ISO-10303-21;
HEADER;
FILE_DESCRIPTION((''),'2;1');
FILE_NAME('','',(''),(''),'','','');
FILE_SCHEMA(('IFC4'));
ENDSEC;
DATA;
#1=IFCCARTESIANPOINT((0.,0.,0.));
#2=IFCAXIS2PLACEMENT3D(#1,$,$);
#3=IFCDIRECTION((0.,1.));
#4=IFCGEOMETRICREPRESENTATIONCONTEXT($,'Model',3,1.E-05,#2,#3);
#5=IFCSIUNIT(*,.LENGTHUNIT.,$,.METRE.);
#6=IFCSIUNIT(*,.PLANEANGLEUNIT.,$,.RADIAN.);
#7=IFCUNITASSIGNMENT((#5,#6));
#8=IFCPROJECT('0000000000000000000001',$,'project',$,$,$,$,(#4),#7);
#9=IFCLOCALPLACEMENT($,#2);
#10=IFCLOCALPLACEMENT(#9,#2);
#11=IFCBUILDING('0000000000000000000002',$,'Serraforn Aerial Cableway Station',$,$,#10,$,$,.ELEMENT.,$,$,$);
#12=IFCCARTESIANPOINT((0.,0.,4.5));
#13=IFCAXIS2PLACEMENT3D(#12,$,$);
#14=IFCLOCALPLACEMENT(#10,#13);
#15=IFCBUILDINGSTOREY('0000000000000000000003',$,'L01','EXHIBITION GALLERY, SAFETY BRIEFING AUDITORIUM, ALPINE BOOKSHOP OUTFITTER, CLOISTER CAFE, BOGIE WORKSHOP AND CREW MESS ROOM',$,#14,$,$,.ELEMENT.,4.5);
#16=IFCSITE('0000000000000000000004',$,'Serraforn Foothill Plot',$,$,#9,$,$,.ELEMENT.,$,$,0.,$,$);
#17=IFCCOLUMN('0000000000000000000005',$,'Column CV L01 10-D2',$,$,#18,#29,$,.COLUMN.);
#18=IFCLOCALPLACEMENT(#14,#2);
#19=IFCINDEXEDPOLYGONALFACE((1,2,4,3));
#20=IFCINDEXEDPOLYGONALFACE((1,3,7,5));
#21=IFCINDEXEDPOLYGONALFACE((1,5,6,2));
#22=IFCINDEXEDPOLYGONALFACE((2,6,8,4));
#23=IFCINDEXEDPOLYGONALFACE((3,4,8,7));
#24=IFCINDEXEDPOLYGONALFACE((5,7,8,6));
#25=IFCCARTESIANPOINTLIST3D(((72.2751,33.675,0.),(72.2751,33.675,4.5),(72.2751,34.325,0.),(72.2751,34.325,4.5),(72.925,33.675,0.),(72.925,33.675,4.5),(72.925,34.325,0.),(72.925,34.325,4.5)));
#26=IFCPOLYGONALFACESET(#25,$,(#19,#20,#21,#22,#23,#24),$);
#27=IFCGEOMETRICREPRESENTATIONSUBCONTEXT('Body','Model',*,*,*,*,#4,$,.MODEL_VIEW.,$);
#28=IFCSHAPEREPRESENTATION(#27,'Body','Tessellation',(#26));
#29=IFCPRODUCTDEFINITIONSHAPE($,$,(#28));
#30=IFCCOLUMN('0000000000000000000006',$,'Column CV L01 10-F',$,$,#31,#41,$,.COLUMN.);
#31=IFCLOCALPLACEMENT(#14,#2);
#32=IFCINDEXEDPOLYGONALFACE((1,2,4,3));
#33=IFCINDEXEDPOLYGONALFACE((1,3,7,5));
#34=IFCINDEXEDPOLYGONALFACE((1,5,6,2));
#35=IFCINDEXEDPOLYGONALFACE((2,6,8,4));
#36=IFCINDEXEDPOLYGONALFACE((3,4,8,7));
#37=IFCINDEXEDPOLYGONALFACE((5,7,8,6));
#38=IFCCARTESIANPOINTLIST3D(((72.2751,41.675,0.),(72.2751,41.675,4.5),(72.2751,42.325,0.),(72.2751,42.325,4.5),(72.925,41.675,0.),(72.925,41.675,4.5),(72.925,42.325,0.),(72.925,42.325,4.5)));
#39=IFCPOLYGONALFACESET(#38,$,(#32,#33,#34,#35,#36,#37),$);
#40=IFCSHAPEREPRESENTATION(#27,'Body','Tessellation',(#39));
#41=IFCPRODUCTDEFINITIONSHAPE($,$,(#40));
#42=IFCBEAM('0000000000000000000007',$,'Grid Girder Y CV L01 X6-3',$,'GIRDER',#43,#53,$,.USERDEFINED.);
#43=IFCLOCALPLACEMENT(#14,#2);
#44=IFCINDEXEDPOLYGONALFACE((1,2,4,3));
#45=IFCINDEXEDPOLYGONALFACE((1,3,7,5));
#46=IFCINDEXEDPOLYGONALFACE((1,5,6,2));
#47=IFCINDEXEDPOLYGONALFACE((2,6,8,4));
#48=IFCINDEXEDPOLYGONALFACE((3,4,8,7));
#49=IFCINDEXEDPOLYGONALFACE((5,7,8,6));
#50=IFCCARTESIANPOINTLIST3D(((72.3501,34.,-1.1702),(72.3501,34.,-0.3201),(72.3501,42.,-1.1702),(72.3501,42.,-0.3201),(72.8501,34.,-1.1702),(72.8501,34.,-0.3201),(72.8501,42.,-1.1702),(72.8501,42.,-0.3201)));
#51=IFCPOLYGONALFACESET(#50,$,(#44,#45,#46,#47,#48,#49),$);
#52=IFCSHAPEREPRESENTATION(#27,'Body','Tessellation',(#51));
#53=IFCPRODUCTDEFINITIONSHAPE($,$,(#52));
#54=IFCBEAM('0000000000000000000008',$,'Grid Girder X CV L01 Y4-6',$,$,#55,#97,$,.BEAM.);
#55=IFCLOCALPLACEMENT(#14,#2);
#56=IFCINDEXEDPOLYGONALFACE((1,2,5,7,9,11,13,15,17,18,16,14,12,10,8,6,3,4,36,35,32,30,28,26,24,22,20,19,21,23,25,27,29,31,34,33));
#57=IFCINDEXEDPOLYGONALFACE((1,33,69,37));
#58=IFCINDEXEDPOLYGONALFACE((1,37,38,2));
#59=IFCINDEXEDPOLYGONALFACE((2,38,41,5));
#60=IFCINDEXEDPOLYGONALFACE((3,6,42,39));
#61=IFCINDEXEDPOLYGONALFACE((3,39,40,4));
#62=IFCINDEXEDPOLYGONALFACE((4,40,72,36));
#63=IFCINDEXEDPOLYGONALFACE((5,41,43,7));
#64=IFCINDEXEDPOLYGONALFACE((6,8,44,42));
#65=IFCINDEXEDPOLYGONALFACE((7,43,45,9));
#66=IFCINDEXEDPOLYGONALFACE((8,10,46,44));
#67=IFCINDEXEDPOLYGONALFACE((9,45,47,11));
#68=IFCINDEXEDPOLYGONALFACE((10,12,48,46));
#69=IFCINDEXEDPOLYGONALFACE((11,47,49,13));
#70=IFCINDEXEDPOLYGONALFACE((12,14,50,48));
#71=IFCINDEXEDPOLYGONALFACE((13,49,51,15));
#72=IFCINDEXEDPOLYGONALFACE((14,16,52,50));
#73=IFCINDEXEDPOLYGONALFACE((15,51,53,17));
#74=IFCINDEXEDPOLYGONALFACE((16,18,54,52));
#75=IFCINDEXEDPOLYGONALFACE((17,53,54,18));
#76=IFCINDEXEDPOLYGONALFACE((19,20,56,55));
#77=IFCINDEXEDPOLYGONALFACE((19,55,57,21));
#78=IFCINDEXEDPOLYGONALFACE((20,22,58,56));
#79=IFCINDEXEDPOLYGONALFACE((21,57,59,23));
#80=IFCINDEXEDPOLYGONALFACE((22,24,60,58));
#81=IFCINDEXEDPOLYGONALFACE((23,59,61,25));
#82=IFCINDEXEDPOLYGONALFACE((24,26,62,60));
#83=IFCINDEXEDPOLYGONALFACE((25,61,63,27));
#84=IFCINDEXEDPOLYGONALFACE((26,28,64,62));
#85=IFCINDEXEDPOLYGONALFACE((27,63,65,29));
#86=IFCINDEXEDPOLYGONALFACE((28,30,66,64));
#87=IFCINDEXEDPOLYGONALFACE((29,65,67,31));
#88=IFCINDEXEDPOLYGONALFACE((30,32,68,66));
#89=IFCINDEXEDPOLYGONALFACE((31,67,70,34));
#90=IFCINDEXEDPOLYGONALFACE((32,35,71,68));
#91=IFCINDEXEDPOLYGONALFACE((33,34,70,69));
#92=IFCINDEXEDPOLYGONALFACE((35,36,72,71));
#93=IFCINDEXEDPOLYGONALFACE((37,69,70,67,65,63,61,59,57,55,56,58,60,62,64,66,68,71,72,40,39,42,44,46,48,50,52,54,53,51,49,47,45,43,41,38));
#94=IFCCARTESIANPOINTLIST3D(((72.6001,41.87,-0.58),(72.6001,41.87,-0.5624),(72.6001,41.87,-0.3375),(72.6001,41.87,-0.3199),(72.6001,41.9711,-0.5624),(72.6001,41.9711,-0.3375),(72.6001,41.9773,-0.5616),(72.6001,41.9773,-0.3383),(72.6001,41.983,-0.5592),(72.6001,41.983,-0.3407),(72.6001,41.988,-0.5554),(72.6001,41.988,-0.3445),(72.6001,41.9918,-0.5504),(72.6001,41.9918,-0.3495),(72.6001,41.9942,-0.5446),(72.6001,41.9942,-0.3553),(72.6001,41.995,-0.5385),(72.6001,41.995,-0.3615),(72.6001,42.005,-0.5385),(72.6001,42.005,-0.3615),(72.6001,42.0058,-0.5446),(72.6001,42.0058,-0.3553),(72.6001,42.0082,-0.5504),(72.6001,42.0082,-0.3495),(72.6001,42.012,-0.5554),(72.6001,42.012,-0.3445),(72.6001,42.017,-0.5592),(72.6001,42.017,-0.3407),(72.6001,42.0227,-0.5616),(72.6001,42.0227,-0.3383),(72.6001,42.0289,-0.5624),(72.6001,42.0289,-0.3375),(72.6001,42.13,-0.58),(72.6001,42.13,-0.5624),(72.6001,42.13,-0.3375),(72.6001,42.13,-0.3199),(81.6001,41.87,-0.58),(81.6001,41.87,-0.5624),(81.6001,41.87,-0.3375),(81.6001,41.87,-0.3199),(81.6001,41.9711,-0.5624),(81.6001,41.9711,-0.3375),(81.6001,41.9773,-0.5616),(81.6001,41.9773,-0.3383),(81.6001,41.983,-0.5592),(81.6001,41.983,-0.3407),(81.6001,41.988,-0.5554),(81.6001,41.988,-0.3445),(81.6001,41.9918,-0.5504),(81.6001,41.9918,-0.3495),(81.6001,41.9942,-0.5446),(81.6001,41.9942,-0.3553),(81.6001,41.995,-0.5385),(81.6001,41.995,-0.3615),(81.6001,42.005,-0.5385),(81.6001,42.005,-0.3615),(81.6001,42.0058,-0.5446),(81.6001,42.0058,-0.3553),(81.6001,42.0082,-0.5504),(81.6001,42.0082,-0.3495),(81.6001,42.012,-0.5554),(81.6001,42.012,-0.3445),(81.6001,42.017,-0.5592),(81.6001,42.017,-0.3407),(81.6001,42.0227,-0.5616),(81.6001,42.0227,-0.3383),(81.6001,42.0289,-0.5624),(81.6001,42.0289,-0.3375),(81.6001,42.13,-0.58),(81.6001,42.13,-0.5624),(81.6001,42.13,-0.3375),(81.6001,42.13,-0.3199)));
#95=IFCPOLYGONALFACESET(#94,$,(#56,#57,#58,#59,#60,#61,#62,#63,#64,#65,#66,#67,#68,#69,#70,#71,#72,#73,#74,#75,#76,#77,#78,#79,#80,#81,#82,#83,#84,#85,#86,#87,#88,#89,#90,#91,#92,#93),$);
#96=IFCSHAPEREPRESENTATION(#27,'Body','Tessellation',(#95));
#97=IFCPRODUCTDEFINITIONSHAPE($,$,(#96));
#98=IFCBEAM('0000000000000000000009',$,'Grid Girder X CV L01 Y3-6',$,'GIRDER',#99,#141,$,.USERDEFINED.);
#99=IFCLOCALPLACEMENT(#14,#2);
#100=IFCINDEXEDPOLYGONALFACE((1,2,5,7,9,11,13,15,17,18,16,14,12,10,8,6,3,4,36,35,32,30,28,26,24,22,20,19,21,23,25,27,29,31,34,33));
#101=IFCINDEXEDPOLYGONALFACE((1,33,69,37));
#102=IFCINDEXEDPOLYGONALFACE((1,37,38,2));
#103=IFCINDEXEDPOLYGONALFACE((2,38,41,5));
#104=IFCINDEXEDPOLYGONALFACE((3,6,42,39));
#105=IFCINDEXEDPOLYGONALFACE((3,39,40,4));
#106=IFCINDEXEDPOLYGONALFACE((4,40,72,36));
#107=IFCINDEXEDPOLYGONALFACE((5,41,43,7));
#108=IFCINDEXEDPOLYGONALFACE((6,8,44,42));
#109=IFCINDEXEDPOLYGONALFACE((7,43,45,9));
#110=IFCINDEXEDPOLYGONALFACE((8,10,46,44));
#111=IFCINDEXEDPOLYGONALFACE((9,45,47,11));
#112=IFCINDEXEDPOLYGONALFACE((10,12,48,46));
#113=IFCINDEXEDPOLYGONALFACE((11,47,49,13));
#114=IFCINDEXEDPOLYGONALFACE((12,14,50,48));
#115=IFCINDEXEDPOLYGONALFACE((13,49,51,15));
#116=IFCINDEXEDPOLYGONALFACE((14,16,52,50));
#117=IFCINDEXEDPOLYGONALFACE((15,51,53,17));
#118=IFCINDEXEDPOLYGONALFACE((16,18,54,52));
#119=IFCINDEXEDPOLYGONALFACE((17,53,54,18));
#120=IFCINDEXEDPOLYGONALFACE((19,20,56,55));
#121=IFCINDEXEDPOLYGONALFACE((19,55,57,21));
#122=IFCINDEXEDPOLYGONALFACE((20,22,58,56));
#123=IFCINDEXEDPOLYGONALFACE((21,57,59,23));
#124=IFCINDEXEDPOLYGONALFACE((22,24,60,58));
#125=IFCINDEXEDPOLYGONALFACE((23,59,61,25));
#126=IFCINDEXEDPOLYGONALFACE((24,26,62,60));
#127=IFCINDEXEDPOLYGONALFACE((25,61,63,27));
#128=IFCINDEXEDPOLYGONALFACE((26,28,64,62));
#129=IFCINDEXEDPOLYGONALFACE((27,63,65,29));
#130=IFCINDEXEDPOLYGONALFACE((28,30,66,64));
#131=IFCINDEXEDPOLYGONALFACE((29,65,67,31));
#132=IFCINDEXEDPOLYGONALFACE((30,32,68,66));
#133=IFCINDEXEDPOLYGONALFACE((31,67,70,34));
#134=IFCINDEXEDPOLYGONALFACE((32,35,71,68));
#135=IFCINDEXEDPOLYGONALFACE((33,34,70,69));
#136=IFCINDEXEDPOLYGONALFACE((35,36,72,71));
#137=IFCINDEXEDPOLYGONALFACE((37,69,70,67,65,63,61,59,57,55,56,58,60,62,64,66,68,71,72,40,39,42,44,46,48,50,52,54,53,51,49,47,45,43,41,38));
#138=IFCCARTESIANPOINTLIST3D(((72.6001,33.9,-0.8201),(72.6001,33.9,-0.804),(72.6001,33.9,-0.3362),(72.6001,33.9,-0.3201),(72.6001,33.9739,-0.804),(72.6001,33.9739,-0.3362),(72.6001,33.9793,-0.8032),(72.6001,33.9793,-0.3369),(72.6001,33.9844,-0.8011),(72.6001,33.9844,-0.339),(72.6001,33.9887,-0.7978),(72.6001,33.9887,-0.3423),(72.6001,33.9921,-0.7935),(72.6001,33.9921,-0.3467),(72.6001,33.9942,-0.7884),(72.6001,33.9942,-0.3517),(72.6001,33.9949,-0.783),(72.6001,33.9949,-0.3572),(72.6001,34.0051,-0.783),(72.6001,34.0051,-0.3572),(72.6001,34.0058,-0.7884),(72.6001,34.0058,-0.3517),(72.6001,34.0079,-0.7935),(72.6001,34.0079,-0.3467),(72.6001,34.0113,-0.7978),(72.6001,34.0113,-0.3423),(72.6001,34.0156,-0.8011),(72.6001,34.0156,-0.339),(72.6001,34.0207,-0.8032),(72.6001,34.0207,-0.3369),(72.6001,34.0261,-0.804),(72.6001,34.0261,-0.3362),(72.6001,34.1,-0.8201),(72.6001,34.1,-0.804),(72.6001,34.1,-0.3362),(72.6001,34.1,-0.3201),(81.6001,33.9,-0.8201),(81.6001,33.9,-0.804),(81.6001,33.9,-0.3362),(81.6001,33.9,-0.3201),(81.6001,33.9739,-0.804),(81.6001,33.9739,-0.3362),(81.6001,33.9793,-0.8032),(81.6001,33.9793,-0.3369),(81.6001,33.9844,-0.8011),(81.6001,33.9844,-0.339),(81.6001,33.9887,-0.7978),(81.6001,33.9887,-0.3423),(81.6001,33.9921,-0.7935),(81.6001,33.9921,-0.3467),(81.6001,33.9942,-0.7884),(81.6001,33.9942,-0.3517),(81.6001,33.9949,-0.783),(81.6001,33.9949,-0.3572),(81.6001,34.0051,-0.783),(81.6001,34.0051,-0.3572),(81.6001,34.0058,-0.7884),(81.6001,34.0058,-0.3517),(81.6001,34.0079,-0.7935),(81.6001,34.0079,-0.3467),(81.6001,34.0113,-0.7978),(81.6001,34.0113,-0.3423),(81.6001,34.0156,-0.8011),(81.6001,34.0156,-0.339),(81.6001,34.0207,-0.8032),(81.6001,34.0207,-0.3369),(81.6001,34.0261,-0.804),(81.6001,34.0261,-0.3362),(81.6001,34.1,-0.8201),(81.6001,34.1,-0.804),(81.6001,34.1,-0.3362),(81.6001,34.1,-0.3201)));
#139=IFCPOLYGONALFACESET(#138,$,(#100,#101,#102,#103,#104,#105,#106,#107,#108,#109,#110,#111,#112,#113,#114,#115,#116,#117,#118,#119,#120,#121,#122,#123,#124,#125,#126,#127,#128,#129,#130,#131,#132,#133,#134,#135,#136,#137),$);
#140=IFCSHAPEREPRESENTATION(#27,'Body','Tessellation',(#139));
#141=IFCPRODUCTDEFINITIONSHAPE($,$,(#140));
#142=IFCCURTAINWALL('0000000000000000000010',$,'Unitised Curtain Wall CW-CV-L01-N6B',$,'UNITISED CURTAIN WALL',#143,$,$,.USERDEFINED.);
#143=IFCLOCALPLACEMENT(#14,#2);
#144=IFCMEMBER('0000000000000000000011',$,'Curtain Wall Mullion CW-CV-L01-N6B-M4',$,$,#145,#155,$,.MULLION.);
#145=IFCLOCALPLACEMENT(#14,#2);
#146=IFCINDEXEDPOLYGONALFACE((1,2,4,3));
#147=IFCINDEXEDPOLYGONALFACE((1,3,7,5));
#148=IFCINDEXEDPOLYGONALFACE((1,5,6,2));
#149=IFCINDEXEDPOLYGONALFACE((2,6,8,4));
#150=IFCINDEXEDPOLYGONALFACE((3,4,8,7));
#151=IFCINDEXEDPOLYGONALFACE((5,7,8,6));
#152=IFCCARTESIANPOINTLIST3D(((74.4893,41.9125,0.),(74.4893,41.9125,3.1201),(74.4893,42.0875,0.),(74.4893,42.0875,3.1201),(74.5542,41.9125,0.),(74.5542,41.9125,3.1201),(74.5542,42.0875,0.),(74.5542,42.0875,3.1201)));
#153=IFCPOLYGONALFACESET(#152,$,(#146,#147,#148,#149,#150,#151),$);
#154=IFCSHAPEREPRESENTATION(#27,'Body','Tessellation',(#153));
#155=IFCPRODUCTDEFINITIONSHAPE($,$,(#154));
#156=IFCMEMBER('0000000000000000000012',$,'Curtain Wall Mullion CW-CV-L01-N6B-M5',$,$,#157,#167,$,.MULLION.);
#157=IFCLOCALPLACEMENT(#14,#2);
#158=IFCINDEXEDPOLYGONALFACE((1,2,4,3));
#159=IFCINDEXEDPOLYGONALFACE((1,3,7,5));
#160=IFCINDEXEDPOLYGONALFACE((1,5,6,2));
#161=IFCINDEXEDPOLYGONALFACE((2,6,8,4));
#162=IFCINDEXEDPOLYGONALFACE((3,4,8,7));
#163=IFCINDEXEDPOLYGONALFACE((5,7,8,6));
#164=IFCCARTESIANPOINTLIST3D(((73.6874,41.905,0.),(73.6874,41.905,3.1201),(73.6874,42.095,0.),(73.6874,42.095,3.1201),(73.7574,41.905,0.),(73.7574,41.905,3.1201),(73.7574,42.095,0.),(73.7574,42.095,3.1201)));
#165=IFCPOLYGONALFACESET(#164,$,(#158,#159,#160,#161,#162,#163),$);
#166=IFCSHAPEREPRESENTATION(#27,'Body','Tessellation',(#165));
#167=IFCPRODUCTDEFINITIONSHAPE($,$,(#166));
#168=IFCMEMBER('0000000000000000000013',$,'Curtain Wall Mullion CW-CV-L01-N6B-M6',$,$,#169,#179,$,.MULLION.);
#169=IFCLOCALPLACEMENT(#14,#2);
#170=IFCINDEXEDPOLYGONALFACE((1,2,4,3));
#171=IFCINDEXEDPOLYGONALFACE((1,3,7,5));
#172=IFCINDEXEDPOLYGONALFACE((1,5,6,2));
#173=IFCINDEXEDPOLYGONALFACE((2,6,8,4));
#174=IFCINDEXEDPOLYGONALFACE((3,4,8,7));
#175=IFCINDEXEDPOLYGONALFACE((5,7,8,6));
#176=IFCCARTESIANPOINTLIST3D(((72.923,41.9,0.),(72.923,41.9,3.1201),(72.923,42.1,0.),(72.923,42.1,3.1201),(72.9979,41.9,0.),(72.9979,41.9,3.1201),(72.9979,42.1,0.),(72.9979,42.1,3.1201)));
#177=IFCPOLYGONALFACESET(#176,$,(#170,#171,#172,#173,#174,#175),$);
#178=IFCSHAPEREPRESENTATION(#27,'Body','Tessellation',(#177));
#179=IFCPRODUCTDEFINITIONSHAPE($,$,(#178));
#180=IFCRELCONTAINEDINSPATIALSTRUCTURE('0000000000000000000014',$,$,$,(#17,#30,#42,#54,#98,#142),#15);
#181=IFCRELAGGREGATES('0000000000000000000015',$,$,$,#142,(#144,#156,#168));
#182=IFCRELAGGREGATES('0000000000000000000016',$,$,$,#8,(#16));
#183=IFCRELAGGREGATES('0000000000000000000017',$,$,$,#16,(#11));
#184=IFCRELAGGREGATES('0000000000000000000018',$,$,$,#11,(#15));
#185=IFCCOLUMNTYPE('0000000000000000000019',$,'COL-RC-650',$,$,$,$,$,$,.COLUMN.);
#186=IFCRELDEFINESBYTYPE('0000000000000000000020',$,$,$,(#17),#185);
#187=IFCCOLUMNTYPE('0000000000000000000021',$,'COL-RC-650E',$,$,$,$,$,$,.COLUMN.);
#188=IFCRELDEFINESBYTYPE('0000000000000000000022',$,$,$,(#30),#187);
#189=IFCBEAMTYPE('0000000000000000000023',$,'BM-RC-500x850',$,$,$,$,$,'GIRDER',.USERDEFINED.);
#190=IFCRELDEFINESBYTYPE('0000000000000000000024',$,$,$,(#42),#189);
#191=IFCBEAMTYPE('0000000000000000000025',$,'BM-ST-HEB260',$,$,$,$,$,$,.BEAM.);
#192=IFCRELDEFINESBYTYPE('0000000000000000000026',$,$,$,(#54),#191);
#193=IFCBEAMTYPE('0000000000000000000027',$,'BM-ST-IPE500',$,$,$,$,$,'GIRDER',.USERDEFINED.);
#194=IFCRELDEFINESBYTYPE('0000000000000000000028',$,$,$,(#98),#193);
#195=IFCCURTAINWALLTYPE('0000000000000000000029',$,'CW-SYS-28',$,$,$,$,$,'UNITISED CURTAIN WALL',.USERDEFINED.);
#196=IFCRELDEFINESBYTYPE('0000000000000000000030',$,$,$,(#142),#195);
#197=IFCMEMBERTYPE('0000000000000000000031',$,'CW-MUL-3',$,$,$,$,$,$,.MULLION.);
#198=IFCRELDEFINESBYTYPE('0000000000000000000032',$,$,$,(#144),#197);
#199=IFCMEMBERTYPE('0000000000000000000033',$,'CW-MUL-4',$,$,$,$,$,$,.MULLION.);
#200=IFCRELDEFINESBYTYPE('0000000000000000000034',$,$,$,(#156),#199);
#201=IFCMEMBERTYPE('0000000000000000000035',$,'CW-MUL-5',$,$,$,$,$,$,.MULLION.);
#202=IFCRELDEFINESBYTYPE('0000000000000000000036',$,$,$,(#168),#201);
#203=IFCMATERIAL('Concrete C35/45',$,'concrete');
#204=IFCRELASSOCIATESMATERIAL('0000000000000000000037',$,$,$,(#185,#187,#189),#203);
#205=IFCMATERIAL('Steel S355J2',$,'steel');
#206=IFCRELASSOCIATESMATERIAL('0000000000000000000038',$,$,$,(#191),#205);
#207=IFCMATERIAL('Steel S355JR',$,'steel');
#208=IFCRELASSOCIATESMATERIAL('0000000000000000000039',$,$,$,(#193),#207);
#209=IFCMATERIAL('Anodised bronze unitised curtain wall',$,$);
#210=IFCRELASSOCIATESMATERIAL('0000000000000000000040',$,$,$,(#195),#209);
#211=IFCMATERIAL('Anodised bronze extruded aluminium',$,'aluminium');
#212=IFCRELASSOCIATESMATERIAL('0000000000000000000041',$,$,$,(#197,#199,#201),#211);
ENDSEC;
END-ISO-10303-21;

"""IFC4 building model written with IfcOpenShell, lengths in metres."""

from ifc_helpers import new_model, si_unit, direction, frame, origin, origin_2d, place, context, subcontext, project, spatial, rectangle, i_section, extrude, material, material_profile, profile_set, type_object, element, aggregate, save


model = new_model("IFC4")

# Units and contexts
model_context = context("Model", 3, precision=1e-05, world=origin(), true_north=direction((0.0, 1.0)))
body_context = subcontext(model_context, "Body", "Model", "MODEL_VIEW")
ifc_project = project(units=[si_unit("LENGTHUNIT", "METRE"), si_unit("PLANEANGLEUNIT", "RADIAN")], contexts=[model_context])

# Site, building, storey
site_placement = place(None, origin())
site = spatial("IfcSite", under=ifc_project, at=site_placement, Name="Serraforn Foothill Plot", CompositionType="ELEMENT", RefElevation=0.0)
building_placement = place(site_placement, origin())
building = spatial("IfcBuilding", under=site, at=building_placement, Name="Serraforn Aerial Cableway Station", CompositionType="ELEMENT")
storey_placement = place(building_placement, frame((0.0, 0.0, 4.5)))
storey = spatial("IfcBuildingStorey", under=building, at=storey_placement, Name="L01", Description="EXHIBITION GALLERY, SAFETY BRIEFING AUDITORIUM, ALPINE BOOKSHOP OUTFITTER, CLOISTER CAFE, BOGIE WORKSHOP AND CREW MESS ROOM", CompositionType="ELEMENT", Elevation=4.5)

# Columns
ifc_material_1 = material(Name="Concrete C35/45", Category="concrete")
ifc_material_profile_1 = material_profile(ifc_material_1, rectangle(XDim=0.6499, YDim=0.6499, at=origin_2d()), Name="RC 650x650")
ifc_profile_set_1 = profile_set([ifc_material_profile_1], Name="Concrete C35/45")
column_type_1 = type_object("IfcColumnType", Name="COL-RC-650", PredefinedType="COLUMN", material=ifc_profile_set_1)
column_1_placement = place(storey_placement, frame((72.6001, 34.0, 0.0), z_axis=(0.0, 0.0, 1.0), x_axis=(1.0, 0.0, 0.0)))
element("IfcColumn", 1, at=column_1_placement, inside=storey, type_object=column_type_1, Name="Column CV L01 10-D2", PredefinedType="COLUMN", context=body_context, shape_type="SweptSolid", body=[
    extrude(rectangle(XDim=0.6499, YDim=0.6499, at=origin_2d()), origin(), (0.0, 0.0, 1.0), 4.5),
])
ifc_material_profile_2 = material_profile(ifc_material_1, rectangle(XDim=0.6499, YDim=0.6499, at=origin_2d()), Name="RC 650x650")
ifc_profile_set_2 = profile_set([ifc_material_profile_2], Name="Concrete C35/45")
column_type_2 = type_object("IfcColumnType", Name="COL-RC-650E", PredefinedType="COLUMN", material=ifc_profile_set_2)
column_2_placement = place(storey_placement, frame((72.6001, 42.0, 0.0), z_axis=(0.0, 0.0, 1.0), x_axis=(1.0, 0.0, 0.0)))
element("IfcColumn", 2, at=column_2_placement, inside=storey, type_object=column_type_2, Name="Column CV L01 10-F", PredefinedType="COLUMN", context=body_context, shape_type="SweptSolid", body=[
    extrude(rectangle(XDim=0.6499, YDim=0.6499, at=origin_2d()), origin(), (0.0, 0.0, 1.0), 4.5),
])

# Beams
ifc_material_profile_3 = material_profile(ifc_material_1, rectangle(XDim=0.5, YDim=0.8501, at=origin_2d()), Name="RC 500x850")
ifc_profile_set_3 = profile_set([ifc_material_profile_3], Name="Concrete C35/45")
beam_type_1 = type_object("IfcBeamType", Name="BM-RC-500x850", ElementType="GIRDER", PredefinedType="USERDEFINED", material=ifc_profile_set_3)
beam_1_placement = place(storey_placement, frame((72.6001, 34.0, -0.7451), z_axis=(0.0, 1.0, 0.0), x_axis=(-1.0, 0.0, 0.0)))
element("IfcBeam", 3, at=beam_1_placement, inside=storey, type_object=beam_type_1, Name="Grid Girder Y CV L01 X6-3", ObjectType="GIRDER", PredefinedType="USERDEFINED", context=body_context, shape_type="SweptSolid", body=[
    extrude(rectangle(XDim=0.5, YDim=0.8501, at=origin_2d()), origin(), (0.0, 0.0, 1.0), 8.0),
])
ifc_material_2 = material(Name="Steel S355J2", Category="steel")
ifc_material_profile_4 = material_profile(ifc_material_2, i_section(OverallWidth=0.26, OverallDepth=0.26, WebThickness=0.01, FlangeThickness=0.0176, FilletRadius=0.0239, at=origin_2d()), Name="HEB 260")
ifc_profile_set_4 = profile_set([ifc_material_profile_4], Name="Steel S355J2")
beam_type_2 = type_object("IfcBeamType", Name="BM-ST-HEB260", PredefinedType="BEAM", material=ifc_profile_set_4)
beam_2_placement = place(storey_placement, frame((72.6001, 42.0, -0.45), z_axis=(1.0, 0.0, 0.0), x_axis=(0.0, 1.0, 0.0)))
element("IfcBeam", 4, at=beam_2_placement, inside=storey, type_object=beam_type_2, Name="Grid Girder X CV L01 Y4-6", PredefinedType="BEAM", context=body_context, shape_type="SweptSolid", body=[
    extrude(i_section(OverallWidth=0.26, OverallDepth=0.26, WebThickness=0.01, FlangeThickness=0.0176, FilletRadius=0.0239, at=origin_2d()), origin(), (0.0, 0.0, 1.0), 9.0),
])
ifc_material_3 = material(Name="Steel S355JR", Category="steel")
ifc_material_profile_5 = material_profile(ifc_material_3, i_section(OverallWidth=0.2, OverallDepth=0.5, WebThickness=0.0103, FlangeThickness=0.0161, FilletRadius=0.021, at=origin_2d()), Name="IPE 500")
ifc_profile_set_5 = profile_set([ifc_material_profile_5], Name="Steel S355JR")
beam_type_3 = type_object("IfcBeamType", Name="BM-ST-IPE500", ElementType="GIRDER", PredefinedType="USERDEFINED", material=ifc_profile_set_5)
beam_3_placement = place(storey_placement, frame((72.6001, 34.0, -0.5701), z_axis=(1.0, 0.0, 0.0), x_axis=(0.0, 1.0, 0.0)))
element("IfcBeam", 5, at=beam_3_placement, inside=storey, type_object=beam_type_3, Name="Grid Girder X CV L01 Y3-6", ObjectType="GIRDER", PredefinedType="USERDEFINED", context=body_context, shape_type="SweptSolid", body=[
    extrude(i_section(OverallWidth=0.2, OverallDepth=0.5, WebThickness=0.0103, FlangeThickness=0.0161, FilletRadius=0.021, at=origin_2d()), origin(), (0.0, 0.0, 1.0), 9.0),
])

# Curtain wall, members
ifc_material_4 = material(Name="Anodised bronze unitised curtain wall")
curtain_wall_type = type_object("IfcCurtainWallType", Name="CW-SYS-28", ElementType="UNITISED CURTAIN WALL", PredefinedType="USERDEFINED", material=ifc_material_4)
curtain_wall_placement = place(storey_placement, origin())
curtain_wall = element("IfcCurtainWall", 6, at=curtain_wall_placement, inside=storey, type_object=curtain_wall_type, Name="Unitised Curtain Wall CW-CV-L01-N6B", ObjectType="UNITISED CURTAIN WALL", PredefinedType="USERDEFINED")
ifc_material_5 = material(Name="Anodised bronze extruded aluminium", Category="aluminium")
ifc_material_profile_6 = material_profile(ifc_material_5, rectangle(XDim=0.0649, YDim=0.175, at=origin_2d()), Name="CW MULLION 65x175")
ifc_profile_set_6 = profile_set([ifc_material_profile_6], Name="Anodised bronze extruded aluminium")
member_type_1 = type_object("IfcMemberType", Name="CW-MUL-3", PredefinedType="MULLION", material=ifc_profile_set_6)
member_1_placement = place(storey_placement, frame((74.5217, 42.0, 0.0), z_axis=(0.0, 0.0, 1.0), x_axis=(-1.0, 0.0, 0.0)))
member_1 = element("IfcMember", 7, at=member_1_placement, type_object=member_type_1, Name="Curtain Wall Mullion CW-CV-L01-N6B-M4", PredefinedType="MULLION", context=body_context, shape_type="SweptSolid", body=[
    extrude(rectangle(XDim=0.0649, YDim=0.175, at=origin_2d()), origin(), (0.0, 0.0, 1.0), 3.1201),
])
ifc_material_profile_7 = material_profile(ifc_material_5, rectangle(XDim=0.0701, YDim=0.1899, at=origin_2d()), Name="CW MULLION 70x190")
ifc_profile_set_7 = profile_set([ifc_material_profile_7], Name="Anodised bronze extruded aluminium")
member_type_2 = type_object("IfcMemberType", Name="CW-MUL-4", PredefinedType="MULLION", material=ifc_profile_set_7)
member_2_placement = place(storey_placement, frame((73.7224, 42.0, 0.0), z_axis=(0.0, 0.0, 1.0), x_axis=(-1.0, 0.0, 0.0)))
member_2 = element("IfcMember", 8, at=member_2_placement, type_object=member_type_2, Name="Curtain Wall Mullion CW-CV-L01-N6B-M5", PredefinedType="MULLION", context=body_context, shape_type="SweptSolid", body=[
    extrude(rectangle(XDim=0.0701, YDim=0.1899, at=origin_2d()), origin(), (0.0, 0.0, 1.0), 3.1201),
])
ifc_material_profile_8 = material_profile(ifc_material_5, rectangle(XDim=0.075, YDim=0.2, at=origin_2d()), Name="CW MULLION 75x200")
ifc_profile_set_8 = profile_set([ifc_material_profile_8], Name="Anodised bronze extruded aluminium")
member_type_3 = type_object("IfcMemberType", Name="CW-MUL-5", PredefinedType="MULLION", material=ifc_profile_set_8)
member_3_placement = place(storey_placement, frame((72.9604, 42.0, 0.0), z_axis=(0.0, 0.0, 1.0), x_axis=(-1.0, 0.0, 0.0)))
member_3 = element("IfcMember", 9, at=member_3_placement, type_object=member_type_3, Name="Curtain Wall Mullion CW-CV-L01-N6B-M6", PredefinedType="MULLION", context=body_context, shape_type="SweptSolid", body=[
    extrude(rectangle(XDim=0.075, YDim=0.2, at=origin_2d()), origin(), (0.0, 0.0, 1.0), 3.1201),
])
aggregate(curtain_wall, [member_1, member_2, member_3])

save(model, "model.ifc")
